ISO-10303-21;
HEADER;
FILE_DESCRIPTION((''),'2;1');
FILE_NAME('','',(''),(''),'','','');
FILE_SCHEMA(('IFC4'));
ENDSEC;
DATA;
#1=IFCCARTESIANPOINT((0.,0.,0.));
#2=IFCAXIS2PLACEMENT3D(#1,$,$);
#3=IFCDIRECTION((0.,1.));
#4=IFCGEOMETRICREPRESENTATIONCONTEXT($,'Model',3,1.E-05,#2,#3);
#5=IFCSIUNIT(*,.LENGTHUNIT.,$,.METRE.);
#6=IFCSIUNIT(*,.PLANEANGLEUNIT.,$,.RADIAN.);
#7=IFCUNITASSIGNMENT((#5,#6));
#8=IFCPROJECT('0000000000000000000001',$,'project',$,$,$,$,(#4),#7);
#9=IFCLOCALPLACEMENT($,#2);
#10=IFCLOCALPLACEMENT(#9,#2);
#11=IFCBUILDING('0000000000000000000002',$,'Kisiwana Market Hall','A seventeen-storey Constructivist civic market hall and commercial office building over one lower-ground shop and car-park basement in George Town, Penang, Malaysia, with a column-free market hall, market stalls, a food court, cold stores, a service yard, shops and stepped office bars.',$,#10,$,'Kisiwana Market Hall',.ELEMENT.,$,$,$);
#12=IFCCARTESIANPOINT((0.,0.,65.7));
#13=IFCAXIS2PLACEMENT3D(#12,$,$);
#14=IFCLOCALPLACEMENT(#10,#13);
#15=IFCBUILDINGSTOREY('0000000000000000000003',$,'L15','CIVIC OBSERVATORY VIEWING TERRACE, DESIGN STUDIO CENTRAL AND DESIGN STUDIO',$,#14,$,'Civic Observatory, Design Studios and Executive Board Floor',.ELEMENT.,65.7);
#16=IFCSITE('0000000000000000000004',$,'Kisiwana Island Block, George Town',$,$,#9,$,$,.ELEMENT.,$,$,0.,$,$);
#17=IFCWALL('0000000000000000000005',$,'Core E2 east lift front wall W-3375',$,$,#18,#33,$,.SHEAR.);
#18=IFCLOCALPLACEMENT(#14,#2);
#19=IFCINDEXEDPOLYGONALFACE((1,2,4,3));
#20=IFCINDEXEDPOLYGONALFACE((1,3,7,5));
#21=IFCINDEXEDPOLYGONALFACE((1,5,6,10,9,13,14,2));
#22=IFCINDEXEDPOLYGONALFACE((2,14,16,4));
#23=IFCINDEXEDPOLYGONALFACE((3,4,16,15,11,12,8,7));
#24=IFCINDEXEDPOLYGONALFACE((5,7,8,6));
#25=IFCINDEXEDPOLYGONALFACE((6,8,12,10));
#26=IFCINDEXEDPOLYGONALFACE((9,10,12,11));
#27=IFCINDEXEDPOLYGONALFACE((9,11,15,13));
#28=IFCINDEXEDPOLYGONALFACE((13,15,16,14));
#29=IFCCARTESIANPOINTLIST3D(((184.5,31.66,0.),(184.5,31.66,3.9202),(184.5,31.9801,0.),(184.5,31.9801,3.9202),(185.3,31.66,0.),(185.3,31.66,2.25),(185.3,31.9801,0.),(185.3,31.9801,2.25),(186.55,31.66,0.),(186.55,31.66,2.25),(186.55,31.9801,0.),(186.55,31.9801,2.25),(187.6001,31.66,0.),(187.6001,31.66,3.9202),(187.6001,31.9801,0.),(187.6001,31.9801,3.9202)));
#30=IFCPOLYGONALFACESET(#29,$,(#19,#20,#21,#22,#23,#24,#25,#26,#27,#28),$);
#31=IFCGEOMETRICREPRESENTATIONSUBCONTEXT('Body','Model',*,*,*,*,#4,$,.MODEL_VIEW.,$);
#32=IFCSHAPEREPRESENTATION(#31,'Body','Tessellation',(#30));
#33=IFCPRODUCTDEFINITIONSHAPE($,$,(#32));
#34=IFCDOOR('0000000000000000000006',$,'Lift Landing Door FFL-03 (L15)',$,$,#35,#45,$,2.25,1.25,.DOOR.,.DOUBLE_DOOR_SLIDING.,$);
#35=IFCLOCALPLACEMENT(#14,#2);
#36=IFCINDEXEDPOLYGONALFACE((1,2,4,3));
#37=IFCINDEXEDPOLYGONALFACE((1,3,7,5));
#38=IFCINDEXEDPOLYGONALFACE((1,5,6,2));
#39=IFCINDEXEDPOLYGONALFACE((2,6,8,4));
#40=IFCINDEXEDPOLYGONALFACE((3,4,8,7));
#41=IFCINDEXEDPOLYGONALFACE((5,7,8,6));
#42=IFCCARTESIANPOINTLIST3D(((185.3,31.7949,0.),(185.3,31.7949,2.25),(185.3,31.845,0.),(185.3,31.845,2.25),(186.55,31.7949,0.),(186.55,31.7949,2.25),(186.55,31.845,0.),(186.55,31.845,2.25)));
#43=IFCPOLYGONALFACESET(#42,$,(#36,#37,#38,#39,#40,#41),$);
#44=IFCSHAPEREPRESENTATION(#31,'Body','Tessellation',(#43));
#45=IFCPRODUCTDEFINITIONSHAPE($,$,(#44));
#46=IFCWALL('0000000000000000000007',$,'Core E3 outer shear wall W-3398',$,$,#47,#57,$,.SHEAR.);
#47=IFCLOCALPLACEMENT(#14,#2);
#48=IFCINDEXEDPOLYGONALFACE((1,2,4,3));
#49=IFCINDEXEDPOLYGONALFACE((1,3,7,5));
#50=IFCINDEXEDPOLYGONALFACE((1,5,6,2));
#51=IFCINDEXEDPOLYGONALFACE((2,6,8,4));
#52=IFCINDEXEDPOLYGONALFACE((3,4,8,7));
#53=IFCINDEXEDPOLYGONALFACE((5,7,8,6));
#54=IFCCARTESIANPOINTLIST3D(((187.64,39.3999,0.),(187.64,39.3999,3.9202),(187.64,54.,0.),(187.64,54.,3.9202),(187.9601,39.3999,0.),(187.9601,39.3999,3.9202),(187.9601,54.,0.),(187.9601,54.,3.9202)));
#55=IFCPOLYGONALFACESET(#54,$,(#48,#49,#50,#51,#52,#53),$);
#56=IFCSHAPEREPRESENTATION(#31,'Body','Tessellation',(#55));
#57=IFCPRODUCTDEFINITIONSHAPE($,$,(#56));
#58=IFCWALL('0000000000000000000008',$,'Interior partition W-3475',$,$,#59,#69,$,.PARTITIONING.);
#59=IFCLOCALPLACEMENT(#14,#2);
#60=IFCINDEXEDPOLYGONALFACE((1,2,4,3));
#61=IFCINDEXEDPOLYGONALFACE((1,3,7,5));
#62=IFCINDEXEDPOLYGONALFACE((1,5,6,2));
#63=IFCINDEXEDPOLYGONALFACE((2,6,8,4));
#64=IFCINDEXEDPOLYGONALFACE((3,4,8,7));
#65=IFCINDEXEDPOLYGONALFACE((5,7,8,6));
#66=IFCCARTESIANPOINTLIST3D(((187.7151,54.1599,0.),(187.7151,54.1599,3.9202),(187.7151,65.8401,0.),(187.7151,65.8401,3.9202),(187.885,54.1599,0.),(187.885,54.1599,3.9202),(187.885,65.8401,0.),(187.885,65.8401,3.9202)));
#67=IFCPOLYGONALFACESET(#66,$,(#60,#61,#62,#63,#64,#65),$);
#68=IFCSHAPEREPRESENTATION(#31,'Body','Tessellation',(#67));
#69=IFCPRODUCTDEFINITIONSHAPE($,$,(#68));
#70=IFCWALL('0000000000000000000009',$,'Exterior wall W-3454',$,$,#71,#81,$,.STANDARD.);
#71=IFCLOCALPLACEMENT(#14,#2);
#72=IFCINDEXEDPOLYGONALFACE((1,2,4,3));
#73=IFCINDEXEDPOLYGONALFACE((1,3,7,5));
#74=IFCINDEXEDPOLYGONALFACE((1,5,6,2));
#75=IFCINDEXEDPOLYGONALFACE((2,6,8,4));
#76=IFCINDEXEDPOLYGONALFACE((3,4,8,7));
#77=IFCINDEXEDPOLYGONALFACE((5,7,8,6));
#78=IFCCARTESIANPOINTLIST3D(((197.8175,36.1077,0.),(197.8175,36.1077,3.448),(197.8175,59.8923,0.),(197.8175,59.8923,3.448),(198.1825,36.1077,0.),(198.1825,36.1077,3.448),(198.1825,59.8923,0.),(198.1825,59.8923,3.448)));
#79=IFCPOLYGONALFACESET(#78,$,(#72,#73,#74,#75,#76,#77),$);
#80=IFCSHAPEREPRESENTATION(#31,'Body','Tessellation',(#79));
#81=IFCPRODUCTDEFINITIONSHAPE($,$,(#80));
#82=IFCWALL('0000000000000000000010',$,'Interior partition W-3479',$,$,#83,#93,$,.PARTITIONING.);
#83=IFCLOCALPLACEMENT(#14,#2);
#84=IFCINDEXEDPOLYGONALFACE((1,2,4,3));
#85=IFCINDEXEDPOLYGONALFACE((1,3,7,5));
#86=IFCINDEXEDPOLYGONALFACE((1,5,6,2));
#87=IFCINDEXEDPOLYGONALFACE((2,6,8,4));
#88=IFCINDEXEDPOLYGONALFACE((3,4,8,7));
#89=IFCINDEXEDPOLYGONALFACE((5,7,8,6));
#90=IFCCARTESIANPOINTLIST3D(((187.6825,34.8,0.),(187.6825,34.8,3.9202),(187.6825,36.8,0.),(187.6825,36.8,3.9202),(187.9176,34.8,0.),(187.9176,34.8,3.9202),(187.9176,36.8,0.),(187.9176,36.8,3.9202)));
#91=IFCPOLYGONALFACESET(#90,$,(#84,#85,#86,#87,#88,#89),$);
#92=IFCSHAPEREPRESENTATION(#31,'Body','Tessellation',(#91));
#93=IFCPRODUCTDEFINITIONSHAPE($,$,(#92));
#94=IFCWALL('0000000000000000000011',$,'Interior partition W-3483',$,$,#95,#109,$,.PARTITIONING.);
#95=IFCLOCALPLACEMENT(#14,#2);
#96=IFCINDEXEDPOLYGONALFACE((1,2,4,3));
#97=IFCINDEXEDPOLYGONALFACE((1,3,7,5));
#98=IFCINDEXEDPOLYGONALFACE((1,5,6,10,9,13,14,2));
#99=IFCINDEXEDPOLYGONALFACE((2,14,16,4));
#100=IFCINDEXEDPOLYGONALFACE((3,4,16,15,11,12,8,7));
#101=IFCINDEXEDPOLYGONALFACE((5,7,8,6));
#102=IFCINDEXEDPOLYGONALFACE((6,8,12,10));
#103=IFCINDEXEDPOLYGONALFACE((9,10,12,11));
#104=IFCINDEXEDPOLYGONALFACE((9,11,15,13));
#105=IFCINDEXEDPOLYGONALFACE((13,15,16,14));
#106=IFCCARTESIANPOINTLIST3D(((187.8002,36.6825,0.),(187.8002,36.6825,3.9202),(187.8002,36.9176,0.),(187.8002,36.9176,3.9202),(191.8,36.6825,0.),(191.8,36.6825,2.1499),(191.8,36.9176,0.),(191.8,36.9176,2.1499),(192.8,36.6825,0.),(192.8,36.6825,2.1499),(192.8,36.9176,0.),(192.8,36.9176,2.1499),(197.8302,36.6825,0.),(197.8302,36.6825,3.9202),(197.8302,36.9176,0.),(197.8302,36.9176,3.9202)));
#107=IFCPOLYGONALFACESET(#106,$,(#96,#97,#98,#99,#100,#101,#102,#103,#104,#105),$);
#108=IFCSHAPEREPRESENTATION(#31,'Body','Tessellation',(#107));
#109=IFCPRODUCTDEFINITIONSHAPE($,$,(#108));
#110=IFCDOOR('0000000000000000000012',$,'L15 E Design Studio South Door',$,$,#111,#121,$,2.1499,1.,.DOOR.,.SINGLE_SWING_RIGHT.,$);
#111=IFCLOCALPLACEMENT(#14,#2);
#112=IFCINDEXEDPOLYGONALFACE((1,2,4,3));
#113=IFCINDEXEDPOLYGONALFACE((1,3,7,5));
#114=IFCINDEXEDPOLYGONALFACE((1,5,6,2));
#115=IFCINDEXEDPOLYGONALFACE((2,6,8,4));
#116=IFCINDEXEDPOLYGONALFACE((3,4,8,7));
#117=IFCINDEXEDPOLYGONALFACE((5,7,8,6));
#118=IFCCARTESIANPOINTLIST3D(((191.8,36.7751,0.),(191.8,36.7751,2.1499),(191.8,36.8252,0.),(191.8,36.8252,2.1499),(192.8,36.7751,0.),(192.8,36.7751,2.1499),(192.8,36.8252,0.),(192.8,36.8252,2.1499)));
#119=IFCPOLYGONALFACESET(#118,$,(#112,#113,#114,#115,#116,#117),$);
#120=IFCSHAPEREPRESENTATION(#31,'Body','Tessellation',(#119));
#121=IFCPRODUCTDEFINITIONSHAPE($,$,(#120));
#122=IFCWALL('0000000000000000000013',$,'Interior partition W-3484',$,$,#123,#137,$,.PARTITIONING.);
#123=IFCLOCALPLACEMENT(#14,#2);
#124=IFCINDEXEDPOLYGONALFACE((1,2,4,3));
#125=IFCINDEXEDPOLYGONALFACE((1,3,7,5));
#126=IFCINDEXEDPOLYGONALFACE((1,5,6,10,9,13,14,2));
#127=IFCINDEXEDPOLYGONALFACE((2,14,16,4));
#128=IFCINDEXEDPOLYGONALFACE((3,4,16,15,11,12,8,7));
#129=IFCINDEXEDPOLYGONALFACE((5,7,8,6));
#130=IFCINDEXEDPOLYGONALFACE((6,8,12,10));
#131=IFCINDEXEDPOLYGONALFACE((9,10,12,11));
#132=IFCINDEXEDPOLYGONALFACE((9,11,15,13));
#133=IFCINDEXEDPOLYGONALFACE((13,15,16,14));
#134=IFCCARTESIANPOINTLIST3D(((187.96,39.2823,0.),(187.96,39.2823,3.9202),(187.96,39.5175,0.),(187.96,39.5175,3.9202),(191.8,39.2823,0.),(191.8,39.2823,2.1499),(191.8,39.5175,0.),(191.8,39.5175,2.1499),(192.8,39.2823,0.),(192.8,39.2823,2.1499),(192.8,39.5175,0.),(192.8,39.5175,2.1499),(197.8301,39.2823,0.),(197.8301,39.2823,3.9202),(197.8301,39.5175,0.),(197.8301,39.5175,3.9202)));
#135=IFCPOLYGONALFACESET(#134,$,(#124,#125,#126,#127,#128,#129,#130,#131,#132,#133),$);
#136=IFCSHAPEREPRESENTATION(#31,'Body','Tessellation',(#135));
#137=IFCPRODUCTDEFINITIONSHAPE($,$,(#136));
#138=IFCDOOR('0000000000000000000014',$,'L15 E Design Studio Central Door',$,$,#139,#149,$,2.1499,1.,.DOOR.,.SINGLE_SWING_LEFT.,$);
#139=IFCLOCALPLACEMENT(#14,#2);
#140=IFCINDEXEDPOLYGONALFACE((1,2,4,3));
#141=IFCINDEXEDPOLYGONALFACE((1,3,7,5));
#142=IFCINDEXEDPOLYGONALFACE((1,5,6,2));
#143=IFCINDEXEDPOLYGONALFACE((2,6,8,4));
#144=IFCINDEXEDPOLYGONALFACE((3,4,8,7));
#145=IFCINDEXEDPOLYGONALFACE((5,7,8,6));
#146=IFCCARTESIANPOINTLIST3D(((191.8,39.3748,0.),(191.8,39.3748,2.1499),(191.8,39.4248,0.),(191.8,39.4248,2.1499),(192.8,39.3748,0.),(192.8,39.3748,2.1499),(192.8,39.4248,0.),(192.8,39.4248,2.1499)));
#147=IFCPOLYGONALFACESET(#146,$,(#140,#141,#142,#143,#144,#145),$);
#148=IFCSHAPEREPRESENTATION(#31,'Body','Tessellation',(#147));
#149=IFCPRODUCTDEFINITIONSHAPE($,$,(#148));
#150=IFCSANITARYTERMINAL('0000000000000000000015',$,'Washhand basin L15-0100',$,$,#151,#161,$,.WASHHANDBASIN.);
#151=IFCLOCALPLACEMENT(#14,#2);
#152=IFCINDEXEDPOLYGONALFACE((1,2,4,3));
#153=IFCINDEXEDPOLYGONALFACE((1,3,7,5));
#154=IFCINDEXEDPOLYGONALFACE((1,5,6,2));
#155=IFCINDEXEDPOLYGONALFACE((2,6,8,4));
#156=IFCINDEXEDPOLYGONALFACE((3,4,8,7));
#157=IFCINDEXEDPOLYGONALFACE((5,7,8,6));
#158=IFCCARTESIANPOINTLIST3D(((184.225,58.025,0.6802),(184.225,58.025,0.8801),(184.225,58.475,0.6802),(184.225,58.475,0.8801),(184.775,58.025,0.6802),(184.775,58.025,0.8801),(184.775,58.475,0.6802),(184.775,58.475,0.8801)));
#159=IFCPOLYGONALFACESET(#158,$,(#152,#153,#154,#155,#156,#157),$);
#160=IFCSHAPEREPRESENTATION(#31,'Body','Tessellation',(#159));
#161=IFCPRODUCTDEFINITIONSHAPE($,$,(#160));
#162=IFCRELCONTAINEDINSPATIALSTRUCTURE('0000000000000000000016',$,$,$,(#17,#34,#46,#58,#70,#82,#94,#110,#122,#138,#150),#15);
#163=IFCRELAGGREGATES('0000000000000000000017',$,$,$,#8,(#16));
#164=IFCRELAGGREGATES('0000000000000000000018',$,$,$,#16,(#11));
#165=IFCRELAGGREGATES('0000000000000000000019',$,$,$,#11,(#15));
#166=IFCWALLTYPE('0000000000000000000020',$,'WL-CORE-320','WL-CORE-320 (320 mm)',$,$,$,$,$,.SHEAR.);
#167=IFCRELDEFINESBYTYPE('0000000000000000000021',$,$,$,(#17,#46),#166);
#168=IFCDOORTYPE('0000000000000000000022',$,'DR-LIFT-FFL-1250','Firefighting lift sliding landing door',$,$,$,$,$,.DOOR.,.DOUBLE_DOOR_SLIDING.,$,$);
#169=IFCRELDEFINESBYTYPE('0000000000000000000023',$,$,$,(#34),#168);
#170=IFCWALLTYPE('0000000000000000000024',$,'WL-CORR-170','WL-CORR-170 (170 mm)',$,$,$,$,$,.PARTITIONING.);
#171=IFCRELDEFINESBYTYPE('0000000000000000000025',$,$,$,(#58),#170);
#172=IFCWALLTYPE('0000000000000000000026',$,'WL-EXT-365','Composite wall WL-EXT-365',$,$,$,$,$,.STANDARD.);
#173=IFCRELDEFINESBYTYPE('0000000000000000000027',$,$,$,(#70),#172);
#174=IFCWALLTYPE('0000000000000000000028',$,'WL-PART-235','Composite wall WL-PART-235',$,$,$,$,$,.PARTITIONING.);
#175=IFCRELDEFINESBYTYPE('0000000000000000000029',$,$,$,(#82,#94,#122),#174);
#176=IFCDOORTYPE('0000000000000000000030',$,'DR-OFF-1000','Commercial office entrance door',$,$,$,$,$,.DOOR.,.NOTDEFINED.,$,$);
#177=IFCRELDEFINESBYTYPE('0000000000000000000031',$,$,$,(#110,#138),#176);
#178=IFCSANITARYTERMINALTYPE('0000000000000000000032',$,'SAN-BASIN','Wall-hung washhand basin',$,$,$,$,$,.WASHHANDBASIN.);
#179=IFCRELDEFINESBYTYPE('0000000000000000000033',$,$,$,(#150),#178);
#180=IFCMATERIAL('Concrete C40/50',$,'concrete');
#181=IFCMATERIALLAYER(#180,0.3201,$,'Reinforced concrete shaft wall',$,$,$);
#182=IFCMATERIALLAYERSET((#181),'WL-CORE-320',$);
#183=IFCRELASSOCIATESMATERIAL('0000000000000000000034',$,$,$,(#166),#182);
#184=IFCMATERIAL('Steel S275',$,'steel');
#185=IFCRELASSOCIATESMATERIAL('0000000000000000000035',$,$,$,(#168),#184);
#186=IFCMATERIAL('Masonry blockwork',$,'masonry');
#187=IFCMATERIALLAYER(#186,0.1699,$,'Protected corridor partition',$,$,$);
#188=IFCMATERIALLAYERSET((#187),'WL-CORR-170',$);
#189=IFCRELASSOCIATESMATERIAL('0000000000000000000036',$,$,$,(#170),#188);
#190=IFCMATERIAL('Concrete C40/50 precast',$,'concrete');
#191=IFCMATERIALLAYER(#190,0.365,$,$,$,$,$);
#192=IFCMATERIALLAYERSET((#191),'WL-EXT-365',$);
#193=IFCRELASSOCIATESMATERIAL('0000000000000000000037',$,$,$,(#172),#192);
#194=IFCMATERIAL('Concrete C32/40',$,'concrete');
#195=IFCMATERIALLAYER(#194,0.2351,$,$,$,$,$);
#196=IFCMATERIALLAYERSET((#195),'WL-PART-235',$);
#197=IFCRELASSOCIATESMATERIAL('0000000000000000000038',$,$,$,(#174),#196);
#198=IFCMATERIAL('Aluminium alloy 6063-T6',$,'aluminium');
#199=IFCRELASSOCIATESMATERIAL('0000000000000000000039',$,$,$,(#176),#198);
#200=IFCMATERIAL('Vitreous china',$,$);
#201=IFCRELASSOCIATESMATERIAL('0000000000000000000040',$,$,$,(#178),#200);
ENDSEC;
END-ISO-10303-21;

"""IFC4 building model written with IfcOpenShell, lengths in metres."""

from ifc_helpers import new_model, si_unit, direction, frame, frame_2d, origin, origin_2d, place, context, subcontext, project, spatial, rectangle, extrude, material, layer, layer_set, type_object, element, fill, save


model = new_model("IFC4")

# Units and contexts
model_context = context("Model", 3, precision=1e-05, world=origin(), true_north=direction((0.0, 1.0)))
body_context = subcontext(model_context, "Body", "Model", "MODEL_VIEW")
ifc_project = project(units=[si_unit("LENGTHUNIT", "METRE"), si_unit("PLANEANGLEUNIT", "RADIAN")], contexts=[model_context])

# Site, building, storey
site_placement = place(None, origin())
site = spatial("IfcSite", under=ifc_project, at=site_placement, Name="Kisiwana Island Block, George Town", CompositionType="ELEMENT", RefElevation=0.0)
building_placement = place(site_placement, origin())
building = spatial("IfcBuilding", under=site, at=building_placement, Name="Kisiwana Market Hall", Description="A seventeen-storey Constructivist civic market hall and commercial office building over one lower-ground shop and car-park basement in George Town, Penang, Malaysia, with a column-free market hall, market stalls, a food court, cold stores, a service yard, shops and stepped office bars.", LongName="Kisiwana Market Hall", CompositionType="ELEMENT")
storey_placement = place(building_placement, frame((0.0, 0.0, 65.7)))
storey = spatial("IfcBuildingStorey", under=building, at=storey_placement, Name="L15", Description="CIVIC OBSERVATORY VIEWING TERRACE, DESIGN STUDIO CENTRAL AND DESIGN STUDIO", LongName="Civic Observatory, Design Studios and Executive Board Floor", CompositionType="ELEMENT", Elevation=65.7)

# Wall, opening, door
ifc_material_1 = material(Name="Concrete C40/50", Category="concrete")
ifc_layer_1 = layer(ifc_material_1, 0.3201, Name="Reinforced concrete shaft wall")
ifc_layer_set_1 = layer_set([ifc_layer_1], Name="WL-CORE-320")
wall_type_1 = type_object("IfcWallType", Name="WL-CORE-320", Description="WL-CORE-320 (320 mm)", PredefinedType="SHEAR", material=ifc_layer_set_1)
wall_1_placement = place(storey_placement, frame((184.5, 31.8201, 0.0), z_axis=(0.0, 0.0, 1.0), x_axis=(1.0, 0.0, 0.0)))
wall_1 = element("IfcWall", 1, at=wall_1_placement, inside=storey, type_object=wall_type_1, Name="Core E2 east lift front wall W-3375", PredefinedType="SHEAR", context=body_context, shape_type="SweptSolid", body=[
    extrude(rectangle(XDim=3.1001, YDim=0.3201, at=frame_2d((1.55, 0.0))), origin(), (0.0, 0.0, 1.0), 3.9202),
])
opening_1_placement = place(wall_1_placement, frame((0.8, 0.0, 0.0)))
opening_1 = element("IfcOpeningElement", 2, at=opening_1_placement, cuts=wall_1, PredefinedType="OPENING", context=body_context, shape_type="SweptSolid", body=[
    extrude(rectangle(XDim=1.25, YDim=2.25, at=frame_2d((0.625, 1.125))), frame((0.0, 0.1719, 0.0), z_axis=(0.0, -1.0, 0.0), x_axis=(1.0, 0.0, 0.0)), (0.0, 0.0, 1.0), 0.344),
])
ifc_material_2 = material(Name="Steel S275", Category="steel")
door_type_1 = type_object("IfcDoorType", Name="DR-LIFT-FFL-1250", Description="Firefighting lift sliding landing door", OperationType="DOUBLE_DOOR_SLIDING", PredefinedType="DOOR", material=ifc_material_2)
door_1_placement = place(opening_1_placement, origin())
door_1 = element("IfcDoor", 3, at=door_1_placement, inside=storey, type_object=door_type_1, Name="Lift Landing Door FFL-03 (L15)", OperationType="DOUBLE_DOOR_SLIDING", OverallHeight=2.25, OverallWidth=1.25, PredefinedType="DOOR", context=body_context, shape_type="SweptSolid", body=[
    extrude(rectangle(XDim=1.25, YDim=2.25, at=frame_2d((0.625, 1.125))), frame((0.0, 0.0249, 0.0), z_axis=(0.0, -1.0, 0.0), x_axis=(1.0, 0.0, 0.0)), (0.0, 0.0, 1.0), 0.05),
])
fill(opening_1, door_1)

# Walls
wall_2_placement = place(storey_placement, frame((187.8, 39.3999, 0.0), z_axis=(0.0, 0.0, 1.0), x_axis=(0.0, 1.0, 0.0)))
element("IfcWall", 4, at=wall_2_placement, inside=storey, type_object=wall_type_1, Name="Core E3 outer shear wall W-3398", PredefinedType="SHEAR", context=body_context, shape_type="SweptSolid", body=[
    extrude(rectangle(XDim=14.6001, YDim=0.3201, at=frame_2d((7.3, 0.0))), origin(), (0.0, 0.0, 1.0), 3.9202),
])
ifc_material_3 = material(Name="Masonry blockwork", Category="masonry")
ifc_layer_2 = layer(ifc_material_3, 0.1699, Name="Protected corridor partition")
ifc_layer_set_2 = layer_set([ifc_layer_2], Name="WL-CORR-170")
wall_type_2 = type_object("IfcWallType", Name="WL-CORR-170", Description="WL-CORR-170 (170 mm)", PredefinedType="PARTITIONING", material=ifc_layer_set_2)
wall_3_placement = place(storey_placement, frame((187.8, 54.1599, 0.0), z_axis=(0.0, 0.0, 1.0), x_axis=(0.0, 1.0, 0.0)))
element("IfcWall", 5, at=wall_3_placement, inside=storey, type_object=wall_type_2, Name="Interior partition W-3475", PredefinedType="PARTITIONING", context=body_context, shape_type="SweptSolid", body=[
    extrude(rectangle(XDim=11.6802, YDim=0.1699, at=frame_2d((5.8401, 0.0))), origin(), (0.0, 0.0, 1.0), 3.9202),
])
ifc_material_4 = material(Name="Concrete C40/50 precast", Category="concrete")
ifc_layer_3 = layer(ifc_material_4, 0.365)
ifc_layer_set_3 = layer_set([ifc_layer_3], Name="WL-EXT-365")
wall_type_3 = type_object("IfcWallType", Name="WL-EXT-365", Description="Composite wall WL-EXT-365", PredefinedType="STANDARD", material=ifc_layer_set_3)
wall_4_placement = place(storey_placement, frame((198.0, 36.1077, 0.0), z_axis=(0.0, 0.0, 1.0), x_axis=(0.0, 1.0, 0.0)))
element("IfcWall", 6, at=wall_4_placement, inside=storey, type_object=wall_type_3, Name="Exterior wall W-3454", PredefinedType="STANDARD", context=body_context, shape_type="SweptSolid", body=[
    extrude(rectangle(XDim=23.7847, YDim=0.365, at=frame_2d((11.8923, 0.0))), origin(), (0.0, 0.0, 1.0), 3.448),
])
ifc_material_5 = material(Name="Concrete C32/40", Category="concrete")
ifc_layer_4 = layer(ifc_material_5, 0.2351)
ifc_layer_set_4 = layer_set([ifc_layer_4], Name="WL-PART-235")
wall_type_4 = type_object("IfcWallType", Name="WL-PART-235", Description="Composite wall WL-PART-235", PredefinedType="PARTITIONING", material=ifc_layer_set_4)
wall_5_placement = place(storey_placement, frame((187.8, 34.8, 0.0), z_axis=(0.0, 0.0, 1.0), x_axis=(0.0, 1.0, 0.0)))
element("IfcWall", 7, at=wall_5_placement, inside=storey, type_object=wall_type_4, Name="Interior partition W-3479", PredefinedType="PARTITIONING", context=body_context, shape_type="SweptSolid", body=[
    extrude(rectangle(XDim=2.0, YDim=0.2351, at=frame_2d((1.0, 0.0))), origin(), (0.0, 0.0, 1.0), 3.9202),
])

# Walls, openings, doors
wall_6_placement = place(storey_placement, frame((187.8, 36.8, 0.0), z_axis=(0.0, 0.0, 1.0), x_axis=(1.0, 0.0, 0.0)))
wall_6 = element("IfcWall", 8, at=wall_6_placement, inside=storey, type_object=wall_type_4, Name="Interior partition W-3483", PredefinedType="PARTITIONING", context=body_context, shape_type="SweptSolid", body=[
    extrude(rectangle(XDim=10.03, YDim=0.2351, at=frame_2d((5.0151, 0.0))), origin(), (0.0, 0.0, 1.0), 3.9202),
])
opening_2_placement = place(wall_6_placement, frame((4.0, 0.0, 0.0)))
opening_2 = element("IfcOpeningElement", 9, at=opening_2_placement, cuts=wall_6, PredefinedType="OPENING", context=body_context, shape_type="SweptSolid", body=[
    extrude(rectangle(XDim=1.0, YDim=2.1499, at=frame_2d((0.5, 1.075))), frame((0.0, 0.1294, 0.0), z_axis=(0.0, -1.0, 0.0), x_axis=(1.0, 0.0, 0.0)), (0.0, 0.0, 1.0), 0.259),
])
ifc_material_6 = material(Name="Aluminium alloy 6063-T6", Category="aluminium")
door_type_2 = type_object("IfcDoorType", Name="DR-OFF-1000", Description="Commercial office entrance door", OperationType="NOTDEFINED", PredefinedType="DOOR", material=ifc_material_6)
door_2_placement = place(opening_2_placement, frame((1.0, 0.0, 0.0), z_axis=(0.0, 0.0, 1.0), x_axis=(-1.0, 0.0, 0.0)))
door_2 = element("IfcDoor", 10, at=door_2_placement, inside=storey, type_object=door_type_2, Name="L15 E Design Studio South Door", OperationType="SINGLE_SWING_RIGHT", OverallHeight=2.1499, OverallWidth=1.0, PredefinedType="DOOR", context=body_context, shape_type="SweptSolid", body=[
    extrude(rectangle(XDim=1.0, YDim=2.1499, at=frame_2d((0.5, 1.075))), frame((0.0, 0.0249, 0.0), z_axis=(0.0, -1.0, 0.0), x_axis=(1.0, 0.0, 0.0)), (0.0, 0.0, 1.0), 0.05),
])
fill(opening_2, door_2)
wall_7_placement = place(storey_placement, frame((187.96, 39.3999, 0.0), z_axis=(0.0, 0.0, 1.0), x_axis=(1.0, 0.0, 0.0)))
wall_7 = element("IfcWall", 11, at=wall_7_placement, inside=storey, type_object=wall_type_4, Name="Interior partition W-3484", PredefinedType="PARTITIONING", context=body_context, shape_type="SweptSolid", body=[
    extrude(rectangle(XDim=9.8701, YDim=0.2351, at=frame_2d((4.9351, 0.0))), origin(), (0.0, 0.0, 1.0), 3.9202),
])
opening_3_placement = place(wall_7_placement, frame((3.8401, 0.0, 0.0)))
opening_3 = element("IfcOpeningElement", 12, at=opening_3_placement, cuts=wall_7, PredefinedType="OPENING", context=body_context, shape_type="SweptSolid", body=[
    extrude(rectangle(XDim=1.0, YDim=2.1499, at=frame_2d((0.5, 1.075))), frame((0.0, 0.1294, 0.0), z_axis=(0.0, -1.0, 0.0), x_axis=(1.0, 0.0, 0.0)), (0.0, 0.0, 1.0), 0.259),
])
door_3_placement = place(opening_3_placement, origin())
door_3 = element("IfcDoor", 13, at=door_3_placement, inside=storey, type_object=door_type_2, Name="L15 E Design Studio Central Door", OperationType="SINGLE_SWING_LEFT", OverallHeight=2.1499, OverallWidth=1.0, PredefinedType="DOOR", context=body_context, shape_type="SweptSolid", body=[
    extrude(rectangle(XDim=1.0, YDim=2.1499, at=frame_2d((0.5, 1.075))), frame((0.0, 0.0249, 0.0), z_axis=(0.0, -1.0, 0.0), x_axis=(1.0, 0.0, 0.0)), (0.0, 0.0, 1.0), 0.05),
])
fill(opening_3, door_3)

# Sanitary terminal
ifc_material_7 = material(Name="Vitreous china")
sanitary_terminal_type_1 = type_object("IfcSanitaryTerminalType", Name="SAN-BASIN", Description="Wall-hung washhand basin", PredefinedType="WASHHANDBASIN", material=ifc_material_7)
sanitary_terminal_placement = place(storey_placement, frame((184.5, 58.25, 0.6802), z_axis=(0.0, 0.0, 1.0), x_axis=(1.0, 0.0, 0.0)))
element("IfcSanitaryTerminal", 14, at=sanitary_terminal_placement, inside=storey, type_object=sanitary_terminal_type_1, Name="Washhand basin L15-0100", PredefinedType="WASHHANDBASIN", context=body_context, shape_type="SweptSolid", body=[
    extrude(rectangle(XDim=0.55, YDim=0.45, at=origin_2d()), origin(), (0.0, 0.0, 1.0), 0.2),
])

save(model, "model.ifc")
